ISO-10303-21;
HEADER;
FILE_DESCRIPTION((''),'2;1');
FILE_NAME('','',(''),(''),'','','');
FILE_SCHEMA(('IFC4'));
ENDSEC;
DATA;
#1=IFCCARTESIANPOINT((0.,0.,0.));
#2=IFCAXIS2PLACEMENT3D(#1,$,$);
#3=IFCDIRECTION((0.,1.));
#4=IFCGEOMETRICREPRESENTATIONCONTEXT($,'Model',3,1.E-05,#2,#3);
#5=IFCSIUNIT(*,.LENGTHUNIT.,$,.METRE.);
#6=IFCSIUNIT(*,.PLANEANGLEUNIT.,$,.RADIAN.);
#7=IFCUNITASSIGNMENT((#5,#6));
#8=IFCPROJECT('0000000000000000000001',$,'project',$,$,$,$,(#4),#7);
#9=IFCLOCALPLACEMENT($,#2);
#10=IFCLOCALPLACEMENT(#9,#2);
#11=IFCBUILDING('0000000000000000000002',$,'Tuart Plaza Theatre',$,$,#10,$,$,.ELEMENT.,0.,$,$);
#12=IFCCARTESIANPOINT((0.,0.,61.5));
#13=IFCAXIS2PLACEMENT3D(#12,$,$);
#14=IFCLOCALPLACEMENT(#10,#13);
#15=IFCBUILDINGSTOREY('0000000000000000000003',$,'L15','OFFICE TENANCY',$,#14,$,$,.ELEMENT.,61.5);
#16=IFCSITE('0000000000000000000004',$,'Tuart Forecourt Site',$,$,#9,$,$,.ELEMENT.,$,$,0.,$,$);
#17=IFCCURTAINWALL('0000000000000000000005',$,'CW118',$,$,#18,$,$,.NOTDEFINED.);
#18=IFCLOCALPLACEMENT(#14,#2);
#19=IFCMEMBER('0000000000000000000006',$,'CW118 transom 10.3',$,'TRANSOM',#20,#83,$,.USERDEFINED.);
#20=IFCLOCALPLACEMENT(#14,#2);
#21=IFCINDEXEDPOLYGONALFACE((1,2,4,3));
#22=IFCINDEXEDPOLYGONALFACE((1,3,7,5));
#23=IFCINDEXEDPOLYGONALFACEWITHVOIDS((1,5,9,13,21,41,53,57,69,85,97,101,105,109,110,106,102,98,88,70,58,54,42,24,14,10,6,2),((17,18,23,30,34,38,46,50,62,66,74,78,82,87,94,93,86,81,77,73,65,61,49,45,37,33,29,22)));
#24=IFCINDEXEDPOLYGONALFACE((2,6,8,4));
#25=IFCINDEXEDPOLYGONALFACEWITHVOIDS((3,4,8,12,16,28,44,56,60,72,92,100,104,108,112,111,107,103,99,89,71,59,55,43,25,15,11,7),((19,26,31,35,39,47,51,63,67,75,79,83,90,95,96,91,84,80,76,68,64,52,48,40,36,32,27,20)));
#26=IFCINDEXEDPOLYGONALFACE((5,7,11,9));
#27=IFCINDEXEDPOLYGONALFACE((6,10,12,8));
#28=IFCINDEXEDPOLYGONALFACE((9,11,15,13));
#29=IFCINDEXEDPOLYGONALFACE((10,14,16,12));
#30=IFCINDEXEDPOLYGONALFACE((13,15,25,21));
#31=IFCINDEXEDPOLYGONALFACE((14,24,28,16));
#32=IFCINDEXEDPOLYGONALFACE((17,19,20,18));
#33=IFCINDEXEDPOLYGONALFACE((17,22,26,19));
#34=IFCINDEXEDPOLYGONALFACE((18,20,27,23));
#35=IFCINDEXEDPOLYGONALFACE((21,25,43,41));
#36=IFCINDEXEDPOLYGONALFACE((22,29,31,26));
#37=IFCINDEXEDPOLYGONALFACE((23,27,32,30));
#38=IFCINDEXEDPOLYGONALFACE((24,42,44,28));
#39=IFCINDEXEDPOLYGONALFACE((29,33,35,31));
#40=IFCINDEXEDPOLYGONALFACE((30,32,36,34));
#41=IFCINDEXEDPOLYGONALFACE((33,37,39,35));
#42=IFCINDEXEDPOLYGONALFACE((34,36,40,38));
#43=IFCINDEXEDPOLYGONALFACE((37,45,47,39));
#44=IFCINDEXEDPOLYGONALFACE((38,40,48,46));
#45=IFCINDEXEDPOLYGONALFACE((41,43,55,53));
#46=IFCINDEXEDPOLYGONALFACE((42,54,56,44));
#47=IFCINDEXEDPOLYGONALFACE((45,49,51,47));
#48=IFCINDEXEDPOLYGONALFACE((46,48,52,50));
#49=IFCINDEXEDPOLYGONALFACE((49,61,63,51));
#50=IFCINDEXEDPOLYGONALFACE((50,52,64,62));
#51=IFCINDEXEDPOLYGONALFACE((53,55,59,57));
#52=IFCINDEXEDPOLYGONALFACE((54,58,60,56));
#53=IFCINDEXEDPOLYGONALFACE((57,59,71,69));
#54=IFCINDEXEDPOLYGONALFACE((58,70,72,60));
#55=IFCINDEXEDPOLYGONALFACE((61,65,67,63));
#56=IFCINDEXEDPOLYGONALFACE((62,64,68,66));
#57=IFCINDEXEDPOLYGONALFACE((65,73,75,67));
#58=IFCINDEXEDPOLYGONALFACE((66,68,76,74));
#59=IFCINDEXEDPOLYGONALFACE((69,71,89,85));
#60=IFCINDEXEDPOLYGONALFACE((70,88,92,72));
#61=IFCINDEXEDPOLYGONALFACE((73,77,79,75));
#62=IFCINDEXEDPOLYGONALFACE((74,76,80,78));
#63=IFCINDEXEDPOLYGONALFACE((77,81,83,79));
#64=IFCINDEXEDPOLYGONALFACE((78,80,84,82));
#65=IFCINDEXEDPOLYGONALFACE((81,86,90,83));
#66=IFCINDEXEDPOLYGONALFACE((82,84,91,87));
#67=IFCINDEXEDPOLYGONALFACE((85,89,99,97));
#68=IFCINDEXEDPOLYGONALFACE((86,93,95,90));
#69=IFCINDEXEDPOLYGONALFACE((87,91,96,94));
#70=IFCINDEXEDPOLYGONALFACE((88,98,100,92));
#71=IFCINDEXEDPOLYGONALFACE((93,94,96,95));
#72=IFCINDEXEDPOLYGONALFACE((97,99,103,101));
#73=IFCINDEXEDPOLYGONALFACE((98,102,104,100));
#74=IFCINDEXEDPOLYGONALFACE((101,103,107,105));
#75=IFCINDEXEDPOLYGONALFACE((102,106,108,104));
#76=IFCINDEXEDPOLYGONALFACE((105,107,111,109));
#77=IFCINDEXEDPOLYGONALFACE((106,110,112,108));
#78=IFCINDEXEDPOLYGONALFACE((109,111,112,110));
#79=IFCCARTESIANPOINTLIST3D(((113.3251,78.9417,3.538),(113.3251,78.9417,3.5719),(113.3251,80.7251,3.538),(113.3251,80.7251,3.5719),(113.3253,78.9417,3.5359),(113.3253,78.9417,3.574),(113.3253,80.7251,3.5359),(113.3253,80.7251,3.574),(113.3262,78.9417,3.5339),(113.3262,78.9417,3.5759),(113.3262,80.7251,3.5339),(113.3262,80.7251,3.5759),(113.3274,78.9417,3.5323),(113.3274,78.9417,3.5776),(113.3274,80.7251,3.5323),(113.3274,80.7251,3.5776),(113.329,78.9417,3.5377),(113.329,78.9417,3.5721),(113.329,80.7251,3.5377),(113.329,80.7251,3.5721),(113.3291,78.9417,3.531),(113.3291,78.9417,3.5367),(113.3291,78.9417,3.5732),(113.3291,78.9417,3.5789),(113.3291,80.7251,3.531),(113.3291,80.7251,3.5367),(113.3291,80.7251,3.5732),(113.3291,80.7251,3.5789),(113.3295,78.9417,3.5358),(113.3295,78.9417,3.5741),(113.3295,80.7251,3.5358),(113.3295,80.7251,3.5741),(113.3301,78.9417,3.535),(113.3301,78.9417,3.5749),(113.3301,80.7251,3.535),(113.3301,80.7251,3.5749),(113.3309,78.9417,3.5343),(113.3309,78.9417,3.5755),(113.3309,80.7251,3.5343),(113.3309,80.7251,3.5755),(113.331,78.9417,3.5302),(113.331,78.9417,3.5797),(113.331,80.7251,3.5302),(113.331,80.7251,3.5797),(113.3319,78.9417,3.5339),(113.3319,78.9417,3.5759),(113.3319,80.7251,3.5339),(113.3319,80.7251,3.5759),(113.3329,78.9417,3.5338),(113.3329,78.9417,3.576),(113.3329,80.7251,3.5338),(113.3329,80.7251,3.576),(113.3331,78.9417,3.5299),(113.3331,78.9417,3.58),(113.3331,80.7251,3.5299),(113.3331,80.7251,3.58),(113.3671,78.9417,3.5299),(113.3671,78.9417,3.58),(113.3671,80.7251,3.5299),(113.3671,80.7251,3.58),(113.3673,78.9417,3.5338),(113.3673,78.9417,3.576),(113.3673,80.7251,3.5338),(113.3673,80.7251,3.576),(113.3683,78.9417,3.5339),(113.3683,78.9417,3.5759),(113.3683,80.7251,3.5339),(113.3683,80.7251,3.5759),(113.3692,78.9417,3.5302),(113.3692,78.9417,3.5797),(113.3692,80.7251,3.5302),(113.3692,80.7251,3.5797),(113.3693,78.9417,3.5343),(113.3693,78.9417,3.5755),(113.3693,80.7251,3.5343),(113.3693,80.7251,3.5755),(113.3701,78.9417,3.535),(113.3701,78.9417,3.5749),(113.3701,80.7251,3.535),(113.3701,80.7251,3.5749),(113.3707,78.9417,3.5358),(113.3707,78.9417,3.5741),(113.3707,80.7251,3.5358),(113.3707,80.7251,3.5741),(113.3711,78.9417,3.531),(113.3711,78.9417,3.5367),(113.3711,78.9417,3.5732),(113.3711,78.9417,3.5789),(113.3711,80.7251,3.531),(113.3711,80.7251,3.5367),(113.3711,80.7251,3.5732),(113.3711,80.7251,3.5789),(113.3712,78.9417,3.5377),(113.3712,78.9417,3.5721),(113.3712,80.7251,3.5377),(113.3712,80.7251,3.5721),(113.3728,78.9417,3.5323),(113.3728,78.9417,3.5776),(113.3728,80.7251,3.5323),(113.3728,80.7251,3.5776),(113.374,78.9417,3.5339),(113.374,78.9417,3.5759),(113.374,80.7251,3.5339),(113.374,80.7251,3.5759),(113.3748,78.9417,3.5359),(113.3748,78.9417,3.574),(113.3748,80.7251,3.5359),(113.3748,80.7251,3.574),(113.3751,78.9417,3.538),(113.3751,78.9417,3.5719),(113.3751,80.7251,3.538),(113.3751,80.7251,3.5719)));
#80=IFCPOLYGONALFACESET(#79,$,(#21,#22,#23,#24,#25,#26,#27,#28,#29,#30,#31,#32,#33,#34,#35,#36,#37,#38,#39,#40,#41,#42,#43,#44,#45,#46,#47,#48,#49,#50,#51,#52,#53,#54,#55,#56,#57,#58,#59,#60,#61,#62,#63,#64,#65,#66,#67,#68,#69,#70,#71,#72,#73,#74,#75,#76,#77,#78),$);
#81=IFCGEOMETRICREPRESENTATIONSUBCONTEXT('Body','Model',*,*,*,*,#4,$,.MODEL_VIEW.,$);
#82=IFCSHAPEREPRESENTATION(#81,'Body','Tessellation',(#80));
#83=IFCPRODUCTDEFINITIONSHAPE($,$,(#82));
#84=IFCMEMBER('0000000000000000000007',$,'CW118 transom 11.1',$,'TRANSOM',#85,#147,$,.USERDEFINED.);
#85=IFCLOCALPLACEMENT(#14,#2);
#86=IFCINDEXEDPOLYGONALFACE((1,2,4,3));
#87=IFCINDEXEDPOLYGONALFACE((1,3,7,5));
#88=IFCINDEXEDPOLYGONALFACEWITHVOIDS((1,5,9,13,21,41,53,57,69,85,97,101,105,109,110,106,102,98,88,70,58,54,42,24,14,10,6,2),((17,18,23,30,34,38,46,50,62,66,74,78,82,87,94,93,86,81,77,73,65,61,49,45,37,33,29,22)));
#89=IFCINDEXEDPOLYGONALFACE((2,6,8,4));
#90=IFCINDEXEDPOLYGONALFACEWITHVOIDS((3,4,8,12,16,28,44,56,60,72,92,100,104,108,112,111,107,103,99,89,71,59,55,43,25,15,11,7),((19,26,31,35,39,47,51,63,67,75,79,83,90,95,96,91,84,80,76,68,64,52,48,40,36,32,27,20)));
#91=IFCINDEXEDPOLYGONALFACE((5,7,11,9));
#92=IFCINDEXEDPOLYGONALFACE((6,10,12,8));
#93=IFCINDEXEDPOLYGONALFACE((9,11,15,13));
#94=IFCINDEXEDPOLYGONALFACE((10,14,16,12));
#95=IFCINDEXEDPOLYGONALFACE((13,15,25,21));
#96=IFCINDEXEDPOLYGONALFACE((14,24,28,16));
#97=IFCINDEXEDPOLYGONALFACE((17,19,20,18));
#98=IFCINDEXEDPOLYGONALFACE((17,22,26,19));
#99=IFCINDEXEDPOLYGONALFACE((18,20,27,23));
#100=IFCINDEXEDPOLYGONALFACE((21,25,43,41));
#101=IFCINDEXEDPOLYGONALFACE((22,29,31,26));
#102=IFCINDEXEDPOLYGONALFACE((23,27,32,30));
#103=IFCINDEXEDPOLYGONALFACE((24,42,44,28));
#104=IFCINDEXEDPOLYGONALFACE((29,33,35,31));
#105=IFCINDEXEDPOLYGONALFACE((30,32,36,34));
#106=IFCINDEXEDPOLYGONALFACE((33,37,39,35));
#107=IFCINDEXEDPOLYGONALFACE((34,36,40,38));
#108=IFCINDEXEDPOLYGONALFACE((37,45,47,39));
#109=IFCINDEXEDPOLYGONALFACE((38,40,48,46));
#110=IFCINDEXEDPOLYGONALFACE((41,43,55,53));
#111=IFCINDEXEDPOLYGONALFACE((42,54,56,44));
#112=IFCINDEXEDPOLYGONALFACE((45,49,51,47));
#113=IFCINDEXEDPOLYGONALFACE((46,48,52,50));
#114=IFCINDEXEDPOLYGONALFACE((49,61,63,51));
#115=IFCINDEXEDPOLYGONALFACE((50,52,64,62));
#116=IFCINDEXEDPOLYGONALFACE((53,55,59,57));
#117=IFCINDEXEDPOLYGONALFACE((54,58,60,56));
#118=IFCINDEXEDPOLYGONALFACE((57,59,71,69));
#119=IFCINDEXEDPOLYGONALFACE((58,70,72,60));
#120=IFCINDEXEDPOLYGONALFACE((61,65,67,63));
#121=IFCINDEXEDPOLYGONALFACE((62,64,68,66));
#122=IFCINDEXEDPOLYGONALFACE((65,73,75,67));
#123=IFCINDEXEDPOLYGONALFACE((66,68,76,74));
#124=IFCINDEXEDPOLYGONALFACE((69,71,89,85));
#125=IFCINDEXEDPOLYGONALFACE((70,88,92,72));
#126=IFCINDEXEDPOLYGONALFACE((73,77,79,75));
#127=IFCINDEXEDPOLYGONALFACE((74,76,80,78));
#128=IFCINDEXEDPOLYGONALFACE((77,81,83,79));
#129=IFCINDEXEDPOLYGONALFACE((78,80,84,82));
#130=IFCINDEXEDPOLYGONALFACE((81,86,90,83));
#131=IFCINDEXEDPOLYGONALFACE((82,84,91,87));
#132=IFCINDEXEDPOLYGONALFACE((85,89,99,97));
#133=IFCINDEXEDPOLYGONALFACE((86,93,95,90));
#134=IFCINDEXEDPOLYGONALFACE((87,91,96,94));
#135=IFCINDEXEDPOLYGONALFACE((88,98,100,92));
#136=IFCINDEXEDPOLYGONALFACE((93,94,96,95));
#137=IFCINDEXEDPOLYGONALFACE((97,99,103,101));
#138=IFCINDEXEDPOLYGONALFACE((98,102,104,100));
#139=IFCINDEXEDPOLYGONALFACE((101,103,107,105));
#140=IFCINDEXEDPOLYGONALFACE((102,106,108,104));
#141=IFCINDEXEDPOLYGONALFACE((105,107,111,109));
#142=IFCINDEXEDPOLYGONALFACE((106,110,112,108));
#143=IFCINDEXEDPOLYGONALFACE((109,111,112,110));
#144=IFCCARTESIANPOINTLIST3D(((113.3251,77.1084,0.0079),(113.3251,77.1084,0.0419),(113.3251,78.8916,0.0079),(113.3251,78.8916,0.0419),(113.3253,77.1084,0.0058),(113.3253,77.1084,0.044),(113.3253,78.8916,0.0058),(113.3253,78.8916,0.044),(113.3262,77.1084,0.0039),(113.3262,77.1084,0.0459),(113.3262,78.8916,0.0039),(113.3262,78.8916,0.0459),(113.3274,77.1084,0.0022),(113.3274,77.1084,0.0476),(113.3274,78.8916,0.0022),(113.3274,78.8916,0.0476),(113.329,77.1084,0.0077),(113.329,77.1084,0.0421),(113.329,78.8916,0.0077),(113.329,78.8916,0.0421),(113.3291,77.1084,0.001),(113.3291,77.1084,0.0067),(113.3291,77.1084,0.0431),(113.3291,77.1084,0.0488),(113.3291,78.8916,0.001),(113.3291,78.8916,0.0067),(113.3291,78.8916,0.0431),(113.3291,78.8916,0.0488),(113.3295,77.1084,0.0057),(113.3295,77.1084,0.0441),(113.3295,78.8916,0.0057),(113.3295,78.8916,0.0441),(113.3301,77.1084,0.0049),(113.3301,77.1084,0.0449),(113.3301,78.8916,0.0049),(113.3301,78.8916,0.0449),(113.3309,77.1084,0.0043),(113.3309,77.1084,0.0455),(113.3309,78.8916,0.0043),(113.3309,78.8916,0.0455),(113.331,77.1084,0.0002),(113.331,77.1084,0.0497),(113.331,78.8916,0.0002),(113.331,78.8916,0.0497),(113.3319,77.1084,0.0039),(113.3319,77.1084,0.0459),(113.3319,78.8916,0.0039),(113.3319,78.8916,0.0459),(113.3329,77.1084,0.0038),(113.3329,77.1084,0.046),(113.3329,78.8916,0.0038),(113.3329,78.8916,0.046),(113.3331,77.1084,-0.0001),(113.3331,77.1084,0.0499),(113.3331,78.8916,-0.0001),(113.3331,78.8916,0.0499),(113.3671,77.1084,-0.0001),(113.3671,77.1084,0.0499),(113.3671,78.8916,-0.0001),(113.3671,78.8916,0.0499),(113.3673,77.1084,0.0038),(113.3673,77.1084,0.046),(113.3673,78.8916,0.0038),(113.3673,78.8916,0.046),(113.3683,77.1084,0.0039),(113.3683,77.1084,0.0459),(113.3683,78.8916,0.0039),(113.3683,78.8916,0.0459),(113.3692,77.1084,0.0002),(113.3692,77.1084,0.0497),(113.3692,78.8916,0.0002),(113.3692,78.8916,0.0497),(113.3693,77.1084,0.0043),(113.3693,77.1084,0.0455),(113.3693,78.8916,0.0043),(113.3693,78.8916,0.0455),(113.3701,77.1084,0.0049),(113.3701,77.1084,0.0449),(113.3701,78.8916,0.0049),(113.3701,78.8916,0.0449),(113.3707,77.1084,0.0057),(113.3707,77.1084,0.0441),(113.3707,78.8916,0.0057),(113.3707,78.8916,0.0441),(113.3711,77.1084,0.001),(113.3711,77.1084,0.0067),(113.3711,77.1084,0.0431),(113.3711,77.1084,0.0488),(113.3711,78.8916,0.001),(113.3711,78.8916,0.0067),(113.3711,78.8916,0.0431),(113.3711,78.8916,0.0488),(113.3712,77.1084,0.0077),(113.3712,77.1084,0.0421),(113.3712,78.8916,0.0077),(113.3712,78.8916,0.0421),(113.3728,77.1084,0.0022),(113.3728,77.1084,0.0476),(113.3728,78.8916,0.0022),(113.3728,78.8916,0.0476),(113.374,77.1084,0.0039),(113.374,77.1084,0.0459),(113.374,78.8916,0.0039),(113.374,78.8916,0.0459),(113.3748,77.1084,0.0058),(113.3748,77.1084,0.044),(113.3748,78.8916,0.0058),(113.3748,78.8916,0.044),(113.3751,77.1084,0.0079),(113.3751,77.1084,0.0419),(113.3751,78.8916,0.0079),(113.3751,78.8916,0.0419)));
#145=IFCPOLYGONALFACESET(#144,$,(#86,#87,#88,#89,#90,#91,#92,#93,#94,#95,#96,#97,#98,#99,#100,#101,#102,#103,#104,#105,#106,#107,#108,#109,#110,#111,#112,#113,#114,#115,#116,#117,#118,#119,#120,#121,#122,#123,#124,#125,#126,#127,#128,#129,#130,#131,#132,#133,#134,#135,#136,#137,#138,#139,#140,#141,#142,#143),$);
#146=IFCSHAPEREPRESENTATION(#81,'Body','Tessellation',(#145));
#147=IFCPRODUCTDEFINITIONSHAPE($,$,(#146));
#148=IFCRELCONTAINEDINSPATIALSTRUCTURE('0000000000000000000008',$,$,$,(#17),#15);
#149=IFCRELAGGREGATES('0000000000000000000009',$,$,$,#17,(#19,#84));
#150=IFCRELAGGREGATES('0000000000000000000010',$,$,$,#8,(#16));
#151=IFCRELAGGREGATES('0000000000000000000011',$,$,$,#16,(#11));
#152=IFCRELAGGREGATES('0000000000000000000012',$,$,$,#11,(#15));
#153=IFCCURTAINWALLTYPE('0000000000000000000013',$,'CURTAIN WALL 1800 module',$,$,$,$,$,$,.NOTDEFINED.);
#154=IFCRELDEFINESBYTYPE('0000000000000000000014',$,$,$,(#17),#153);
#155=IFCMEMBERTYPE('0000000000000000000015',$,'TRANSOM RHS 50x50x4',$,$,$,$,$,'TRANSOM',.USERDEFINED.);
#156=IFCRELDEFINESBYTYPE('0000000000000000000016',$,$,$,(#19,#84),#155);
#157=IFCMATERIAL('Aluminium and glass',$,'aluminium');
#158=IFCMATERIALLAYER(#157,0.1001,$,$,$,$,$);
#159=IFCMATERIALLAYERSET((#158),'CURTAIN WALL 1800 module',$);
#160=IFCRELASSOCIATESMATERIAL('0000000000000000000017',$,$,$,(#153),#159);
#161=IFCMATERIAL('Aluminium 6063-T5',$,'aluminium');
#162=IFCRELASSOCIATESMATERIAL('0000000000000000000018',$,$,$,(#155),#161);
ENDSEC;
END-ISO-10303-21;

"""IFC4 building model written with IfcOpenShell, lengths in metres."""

from ifc_helpers import new_model, si_unit, direction, frame, origin, origin_2d, place, context, subcontext, project, spatial, hollow_rectangle, extrude, material, layer, layer_set, material_profile, profile_set, type_object, element, aggregate, save


model = new_model("IFC4")

# Units and contexts
model_context = context("Model", 3, precision=1e-05, world=origin(), true_north=direction((0.0, 1.0)))
body_context = subcontext(model_context, "Body", "Model", "MODEL_VIEW")
ifc_project = project(units=[si_unit("LENGTHUNIT", "METRE"), si_unit("PLANEANGLEUNIT", "RADIAN")], contexts=[model_context])

# Site, building, storey
site_placement = place(None, origin())
site = spatial("IfcSite", under=ifc_project, at=site_placement, Name="Tuart Forecourt Site", CompositionType="ELEMENT", RefElevation=0.0)
building_placement = place(site_placement, origin())
building = spatial("IfcBuilding", under=site, at=building_placement, Name="Tuart Plaza Theatre", CompositionType="ELEMENT", ElevationOfRefHeight=0.0)
storey_placement = place(building_placement, frame((0.0, 0.0, 61.5)))
storey = spatial("IfcBuildingStorey", under=building, at=storey_placement, Name="L15", Description="OFFICE TENANCY", CompositionType="ELEMENT", Elevation=61.5)

# Curtain wall, members
ifc_material_1 = material(Name="Aluminium and glass", Category="aluminium")
ifc_layer_1 = layer(ifc_material_1, 0.1001)
ifc_layer_set_1 = layer_set([ifc_layer_1], Name="CURTAIN WALL 1800 module")
curtain_wall_type = type_object("IfcCurtainWallType", Name="CURTAIN WALL 1800 module", PredefinedType="NOTDEFINED", material=ifc_layer_set_1)
curtain_wall_placement = place(storey_placement, origin())
curtain_wall = element("IfcCurtainWall", 1, at=curtain_wall_placement, inside=storey, type_object=curtain_wall_type, Name="CW118", PredefinedType="NOTDEFINED")
ifc_material_2 = material(Name="Aluminium 6063-T5", Category="aluminium")
ifc_material_profile = material_profile(ifc_material_2, hollow_rectangle(XDim=0.05, YDim=0.05, WallThickness=0.0039, InnerFilletRadius=0.0039, OuterFilletRadius=0.0081, at=origin_2d()), Name="RHS 50x50x4")
ifc_profile_set = profile_set([ifc_material_profile], Name="Aluminium 6063-T5")
member_type = type_object("IfcMemberType", Name="TRANSOM RHS 50x50x4", ElementType="TRANSOM", PredefinedType="USERDEFINED", material=ifc_profile_set)
member_1_placement = place(storey_placement, frame((113.3501, 80.7251, 3.5549), z_axis=(0.0, -1.0, 0.0), x_axis=(1.0, 0.0, 0.0)))
member_1 = element("IfcMember", 2, at=member_1_placement, type_object=member_type, Name="CW118 transom 10.3", ObjectType="TRANSOM", PredefinedType="USERDEFINED", context=body_context, shape_type="SweptSolid", body=[
    extrude(hollow_rectangle(XDim=0.05, YDim=0.05, WallThickness=0.0039, InnerFilletRadius=0.0039, OuterFilletRadius=0.0081, at=origin_2d()), origin(), (0.0, 0.0, 1.0), 1.7834),
])
member_2_placement = place(storey_placement, frame((113.3501, 78.8916, 0.0249), z_axis=(0.0, -1.0, 0.0), x_axis=(1.0, 0.0, 0.0)))
member_2 = element("IfcMember", 3, at=member_2_placement, type_object=member_type, Name="CW118 transom 11.1", ObjectType="TRANSOM", PredefinedType="USERDEFINED", context=body_context, shape_type="SweptSolid", body=[
    extrude(hollow_rectangle(XDim=0.05, YDim=0.05, WallThickness=0.0039, InnerFilletRadius=0.0039, OuterFilletRadius=0.0081, at=origin_2d()), origin(), (0.0, 0.0, 1.0), 1.7832),
])
aggregate(curtain_wall, [member_1, member_2])

save(model, "model.ifc")
